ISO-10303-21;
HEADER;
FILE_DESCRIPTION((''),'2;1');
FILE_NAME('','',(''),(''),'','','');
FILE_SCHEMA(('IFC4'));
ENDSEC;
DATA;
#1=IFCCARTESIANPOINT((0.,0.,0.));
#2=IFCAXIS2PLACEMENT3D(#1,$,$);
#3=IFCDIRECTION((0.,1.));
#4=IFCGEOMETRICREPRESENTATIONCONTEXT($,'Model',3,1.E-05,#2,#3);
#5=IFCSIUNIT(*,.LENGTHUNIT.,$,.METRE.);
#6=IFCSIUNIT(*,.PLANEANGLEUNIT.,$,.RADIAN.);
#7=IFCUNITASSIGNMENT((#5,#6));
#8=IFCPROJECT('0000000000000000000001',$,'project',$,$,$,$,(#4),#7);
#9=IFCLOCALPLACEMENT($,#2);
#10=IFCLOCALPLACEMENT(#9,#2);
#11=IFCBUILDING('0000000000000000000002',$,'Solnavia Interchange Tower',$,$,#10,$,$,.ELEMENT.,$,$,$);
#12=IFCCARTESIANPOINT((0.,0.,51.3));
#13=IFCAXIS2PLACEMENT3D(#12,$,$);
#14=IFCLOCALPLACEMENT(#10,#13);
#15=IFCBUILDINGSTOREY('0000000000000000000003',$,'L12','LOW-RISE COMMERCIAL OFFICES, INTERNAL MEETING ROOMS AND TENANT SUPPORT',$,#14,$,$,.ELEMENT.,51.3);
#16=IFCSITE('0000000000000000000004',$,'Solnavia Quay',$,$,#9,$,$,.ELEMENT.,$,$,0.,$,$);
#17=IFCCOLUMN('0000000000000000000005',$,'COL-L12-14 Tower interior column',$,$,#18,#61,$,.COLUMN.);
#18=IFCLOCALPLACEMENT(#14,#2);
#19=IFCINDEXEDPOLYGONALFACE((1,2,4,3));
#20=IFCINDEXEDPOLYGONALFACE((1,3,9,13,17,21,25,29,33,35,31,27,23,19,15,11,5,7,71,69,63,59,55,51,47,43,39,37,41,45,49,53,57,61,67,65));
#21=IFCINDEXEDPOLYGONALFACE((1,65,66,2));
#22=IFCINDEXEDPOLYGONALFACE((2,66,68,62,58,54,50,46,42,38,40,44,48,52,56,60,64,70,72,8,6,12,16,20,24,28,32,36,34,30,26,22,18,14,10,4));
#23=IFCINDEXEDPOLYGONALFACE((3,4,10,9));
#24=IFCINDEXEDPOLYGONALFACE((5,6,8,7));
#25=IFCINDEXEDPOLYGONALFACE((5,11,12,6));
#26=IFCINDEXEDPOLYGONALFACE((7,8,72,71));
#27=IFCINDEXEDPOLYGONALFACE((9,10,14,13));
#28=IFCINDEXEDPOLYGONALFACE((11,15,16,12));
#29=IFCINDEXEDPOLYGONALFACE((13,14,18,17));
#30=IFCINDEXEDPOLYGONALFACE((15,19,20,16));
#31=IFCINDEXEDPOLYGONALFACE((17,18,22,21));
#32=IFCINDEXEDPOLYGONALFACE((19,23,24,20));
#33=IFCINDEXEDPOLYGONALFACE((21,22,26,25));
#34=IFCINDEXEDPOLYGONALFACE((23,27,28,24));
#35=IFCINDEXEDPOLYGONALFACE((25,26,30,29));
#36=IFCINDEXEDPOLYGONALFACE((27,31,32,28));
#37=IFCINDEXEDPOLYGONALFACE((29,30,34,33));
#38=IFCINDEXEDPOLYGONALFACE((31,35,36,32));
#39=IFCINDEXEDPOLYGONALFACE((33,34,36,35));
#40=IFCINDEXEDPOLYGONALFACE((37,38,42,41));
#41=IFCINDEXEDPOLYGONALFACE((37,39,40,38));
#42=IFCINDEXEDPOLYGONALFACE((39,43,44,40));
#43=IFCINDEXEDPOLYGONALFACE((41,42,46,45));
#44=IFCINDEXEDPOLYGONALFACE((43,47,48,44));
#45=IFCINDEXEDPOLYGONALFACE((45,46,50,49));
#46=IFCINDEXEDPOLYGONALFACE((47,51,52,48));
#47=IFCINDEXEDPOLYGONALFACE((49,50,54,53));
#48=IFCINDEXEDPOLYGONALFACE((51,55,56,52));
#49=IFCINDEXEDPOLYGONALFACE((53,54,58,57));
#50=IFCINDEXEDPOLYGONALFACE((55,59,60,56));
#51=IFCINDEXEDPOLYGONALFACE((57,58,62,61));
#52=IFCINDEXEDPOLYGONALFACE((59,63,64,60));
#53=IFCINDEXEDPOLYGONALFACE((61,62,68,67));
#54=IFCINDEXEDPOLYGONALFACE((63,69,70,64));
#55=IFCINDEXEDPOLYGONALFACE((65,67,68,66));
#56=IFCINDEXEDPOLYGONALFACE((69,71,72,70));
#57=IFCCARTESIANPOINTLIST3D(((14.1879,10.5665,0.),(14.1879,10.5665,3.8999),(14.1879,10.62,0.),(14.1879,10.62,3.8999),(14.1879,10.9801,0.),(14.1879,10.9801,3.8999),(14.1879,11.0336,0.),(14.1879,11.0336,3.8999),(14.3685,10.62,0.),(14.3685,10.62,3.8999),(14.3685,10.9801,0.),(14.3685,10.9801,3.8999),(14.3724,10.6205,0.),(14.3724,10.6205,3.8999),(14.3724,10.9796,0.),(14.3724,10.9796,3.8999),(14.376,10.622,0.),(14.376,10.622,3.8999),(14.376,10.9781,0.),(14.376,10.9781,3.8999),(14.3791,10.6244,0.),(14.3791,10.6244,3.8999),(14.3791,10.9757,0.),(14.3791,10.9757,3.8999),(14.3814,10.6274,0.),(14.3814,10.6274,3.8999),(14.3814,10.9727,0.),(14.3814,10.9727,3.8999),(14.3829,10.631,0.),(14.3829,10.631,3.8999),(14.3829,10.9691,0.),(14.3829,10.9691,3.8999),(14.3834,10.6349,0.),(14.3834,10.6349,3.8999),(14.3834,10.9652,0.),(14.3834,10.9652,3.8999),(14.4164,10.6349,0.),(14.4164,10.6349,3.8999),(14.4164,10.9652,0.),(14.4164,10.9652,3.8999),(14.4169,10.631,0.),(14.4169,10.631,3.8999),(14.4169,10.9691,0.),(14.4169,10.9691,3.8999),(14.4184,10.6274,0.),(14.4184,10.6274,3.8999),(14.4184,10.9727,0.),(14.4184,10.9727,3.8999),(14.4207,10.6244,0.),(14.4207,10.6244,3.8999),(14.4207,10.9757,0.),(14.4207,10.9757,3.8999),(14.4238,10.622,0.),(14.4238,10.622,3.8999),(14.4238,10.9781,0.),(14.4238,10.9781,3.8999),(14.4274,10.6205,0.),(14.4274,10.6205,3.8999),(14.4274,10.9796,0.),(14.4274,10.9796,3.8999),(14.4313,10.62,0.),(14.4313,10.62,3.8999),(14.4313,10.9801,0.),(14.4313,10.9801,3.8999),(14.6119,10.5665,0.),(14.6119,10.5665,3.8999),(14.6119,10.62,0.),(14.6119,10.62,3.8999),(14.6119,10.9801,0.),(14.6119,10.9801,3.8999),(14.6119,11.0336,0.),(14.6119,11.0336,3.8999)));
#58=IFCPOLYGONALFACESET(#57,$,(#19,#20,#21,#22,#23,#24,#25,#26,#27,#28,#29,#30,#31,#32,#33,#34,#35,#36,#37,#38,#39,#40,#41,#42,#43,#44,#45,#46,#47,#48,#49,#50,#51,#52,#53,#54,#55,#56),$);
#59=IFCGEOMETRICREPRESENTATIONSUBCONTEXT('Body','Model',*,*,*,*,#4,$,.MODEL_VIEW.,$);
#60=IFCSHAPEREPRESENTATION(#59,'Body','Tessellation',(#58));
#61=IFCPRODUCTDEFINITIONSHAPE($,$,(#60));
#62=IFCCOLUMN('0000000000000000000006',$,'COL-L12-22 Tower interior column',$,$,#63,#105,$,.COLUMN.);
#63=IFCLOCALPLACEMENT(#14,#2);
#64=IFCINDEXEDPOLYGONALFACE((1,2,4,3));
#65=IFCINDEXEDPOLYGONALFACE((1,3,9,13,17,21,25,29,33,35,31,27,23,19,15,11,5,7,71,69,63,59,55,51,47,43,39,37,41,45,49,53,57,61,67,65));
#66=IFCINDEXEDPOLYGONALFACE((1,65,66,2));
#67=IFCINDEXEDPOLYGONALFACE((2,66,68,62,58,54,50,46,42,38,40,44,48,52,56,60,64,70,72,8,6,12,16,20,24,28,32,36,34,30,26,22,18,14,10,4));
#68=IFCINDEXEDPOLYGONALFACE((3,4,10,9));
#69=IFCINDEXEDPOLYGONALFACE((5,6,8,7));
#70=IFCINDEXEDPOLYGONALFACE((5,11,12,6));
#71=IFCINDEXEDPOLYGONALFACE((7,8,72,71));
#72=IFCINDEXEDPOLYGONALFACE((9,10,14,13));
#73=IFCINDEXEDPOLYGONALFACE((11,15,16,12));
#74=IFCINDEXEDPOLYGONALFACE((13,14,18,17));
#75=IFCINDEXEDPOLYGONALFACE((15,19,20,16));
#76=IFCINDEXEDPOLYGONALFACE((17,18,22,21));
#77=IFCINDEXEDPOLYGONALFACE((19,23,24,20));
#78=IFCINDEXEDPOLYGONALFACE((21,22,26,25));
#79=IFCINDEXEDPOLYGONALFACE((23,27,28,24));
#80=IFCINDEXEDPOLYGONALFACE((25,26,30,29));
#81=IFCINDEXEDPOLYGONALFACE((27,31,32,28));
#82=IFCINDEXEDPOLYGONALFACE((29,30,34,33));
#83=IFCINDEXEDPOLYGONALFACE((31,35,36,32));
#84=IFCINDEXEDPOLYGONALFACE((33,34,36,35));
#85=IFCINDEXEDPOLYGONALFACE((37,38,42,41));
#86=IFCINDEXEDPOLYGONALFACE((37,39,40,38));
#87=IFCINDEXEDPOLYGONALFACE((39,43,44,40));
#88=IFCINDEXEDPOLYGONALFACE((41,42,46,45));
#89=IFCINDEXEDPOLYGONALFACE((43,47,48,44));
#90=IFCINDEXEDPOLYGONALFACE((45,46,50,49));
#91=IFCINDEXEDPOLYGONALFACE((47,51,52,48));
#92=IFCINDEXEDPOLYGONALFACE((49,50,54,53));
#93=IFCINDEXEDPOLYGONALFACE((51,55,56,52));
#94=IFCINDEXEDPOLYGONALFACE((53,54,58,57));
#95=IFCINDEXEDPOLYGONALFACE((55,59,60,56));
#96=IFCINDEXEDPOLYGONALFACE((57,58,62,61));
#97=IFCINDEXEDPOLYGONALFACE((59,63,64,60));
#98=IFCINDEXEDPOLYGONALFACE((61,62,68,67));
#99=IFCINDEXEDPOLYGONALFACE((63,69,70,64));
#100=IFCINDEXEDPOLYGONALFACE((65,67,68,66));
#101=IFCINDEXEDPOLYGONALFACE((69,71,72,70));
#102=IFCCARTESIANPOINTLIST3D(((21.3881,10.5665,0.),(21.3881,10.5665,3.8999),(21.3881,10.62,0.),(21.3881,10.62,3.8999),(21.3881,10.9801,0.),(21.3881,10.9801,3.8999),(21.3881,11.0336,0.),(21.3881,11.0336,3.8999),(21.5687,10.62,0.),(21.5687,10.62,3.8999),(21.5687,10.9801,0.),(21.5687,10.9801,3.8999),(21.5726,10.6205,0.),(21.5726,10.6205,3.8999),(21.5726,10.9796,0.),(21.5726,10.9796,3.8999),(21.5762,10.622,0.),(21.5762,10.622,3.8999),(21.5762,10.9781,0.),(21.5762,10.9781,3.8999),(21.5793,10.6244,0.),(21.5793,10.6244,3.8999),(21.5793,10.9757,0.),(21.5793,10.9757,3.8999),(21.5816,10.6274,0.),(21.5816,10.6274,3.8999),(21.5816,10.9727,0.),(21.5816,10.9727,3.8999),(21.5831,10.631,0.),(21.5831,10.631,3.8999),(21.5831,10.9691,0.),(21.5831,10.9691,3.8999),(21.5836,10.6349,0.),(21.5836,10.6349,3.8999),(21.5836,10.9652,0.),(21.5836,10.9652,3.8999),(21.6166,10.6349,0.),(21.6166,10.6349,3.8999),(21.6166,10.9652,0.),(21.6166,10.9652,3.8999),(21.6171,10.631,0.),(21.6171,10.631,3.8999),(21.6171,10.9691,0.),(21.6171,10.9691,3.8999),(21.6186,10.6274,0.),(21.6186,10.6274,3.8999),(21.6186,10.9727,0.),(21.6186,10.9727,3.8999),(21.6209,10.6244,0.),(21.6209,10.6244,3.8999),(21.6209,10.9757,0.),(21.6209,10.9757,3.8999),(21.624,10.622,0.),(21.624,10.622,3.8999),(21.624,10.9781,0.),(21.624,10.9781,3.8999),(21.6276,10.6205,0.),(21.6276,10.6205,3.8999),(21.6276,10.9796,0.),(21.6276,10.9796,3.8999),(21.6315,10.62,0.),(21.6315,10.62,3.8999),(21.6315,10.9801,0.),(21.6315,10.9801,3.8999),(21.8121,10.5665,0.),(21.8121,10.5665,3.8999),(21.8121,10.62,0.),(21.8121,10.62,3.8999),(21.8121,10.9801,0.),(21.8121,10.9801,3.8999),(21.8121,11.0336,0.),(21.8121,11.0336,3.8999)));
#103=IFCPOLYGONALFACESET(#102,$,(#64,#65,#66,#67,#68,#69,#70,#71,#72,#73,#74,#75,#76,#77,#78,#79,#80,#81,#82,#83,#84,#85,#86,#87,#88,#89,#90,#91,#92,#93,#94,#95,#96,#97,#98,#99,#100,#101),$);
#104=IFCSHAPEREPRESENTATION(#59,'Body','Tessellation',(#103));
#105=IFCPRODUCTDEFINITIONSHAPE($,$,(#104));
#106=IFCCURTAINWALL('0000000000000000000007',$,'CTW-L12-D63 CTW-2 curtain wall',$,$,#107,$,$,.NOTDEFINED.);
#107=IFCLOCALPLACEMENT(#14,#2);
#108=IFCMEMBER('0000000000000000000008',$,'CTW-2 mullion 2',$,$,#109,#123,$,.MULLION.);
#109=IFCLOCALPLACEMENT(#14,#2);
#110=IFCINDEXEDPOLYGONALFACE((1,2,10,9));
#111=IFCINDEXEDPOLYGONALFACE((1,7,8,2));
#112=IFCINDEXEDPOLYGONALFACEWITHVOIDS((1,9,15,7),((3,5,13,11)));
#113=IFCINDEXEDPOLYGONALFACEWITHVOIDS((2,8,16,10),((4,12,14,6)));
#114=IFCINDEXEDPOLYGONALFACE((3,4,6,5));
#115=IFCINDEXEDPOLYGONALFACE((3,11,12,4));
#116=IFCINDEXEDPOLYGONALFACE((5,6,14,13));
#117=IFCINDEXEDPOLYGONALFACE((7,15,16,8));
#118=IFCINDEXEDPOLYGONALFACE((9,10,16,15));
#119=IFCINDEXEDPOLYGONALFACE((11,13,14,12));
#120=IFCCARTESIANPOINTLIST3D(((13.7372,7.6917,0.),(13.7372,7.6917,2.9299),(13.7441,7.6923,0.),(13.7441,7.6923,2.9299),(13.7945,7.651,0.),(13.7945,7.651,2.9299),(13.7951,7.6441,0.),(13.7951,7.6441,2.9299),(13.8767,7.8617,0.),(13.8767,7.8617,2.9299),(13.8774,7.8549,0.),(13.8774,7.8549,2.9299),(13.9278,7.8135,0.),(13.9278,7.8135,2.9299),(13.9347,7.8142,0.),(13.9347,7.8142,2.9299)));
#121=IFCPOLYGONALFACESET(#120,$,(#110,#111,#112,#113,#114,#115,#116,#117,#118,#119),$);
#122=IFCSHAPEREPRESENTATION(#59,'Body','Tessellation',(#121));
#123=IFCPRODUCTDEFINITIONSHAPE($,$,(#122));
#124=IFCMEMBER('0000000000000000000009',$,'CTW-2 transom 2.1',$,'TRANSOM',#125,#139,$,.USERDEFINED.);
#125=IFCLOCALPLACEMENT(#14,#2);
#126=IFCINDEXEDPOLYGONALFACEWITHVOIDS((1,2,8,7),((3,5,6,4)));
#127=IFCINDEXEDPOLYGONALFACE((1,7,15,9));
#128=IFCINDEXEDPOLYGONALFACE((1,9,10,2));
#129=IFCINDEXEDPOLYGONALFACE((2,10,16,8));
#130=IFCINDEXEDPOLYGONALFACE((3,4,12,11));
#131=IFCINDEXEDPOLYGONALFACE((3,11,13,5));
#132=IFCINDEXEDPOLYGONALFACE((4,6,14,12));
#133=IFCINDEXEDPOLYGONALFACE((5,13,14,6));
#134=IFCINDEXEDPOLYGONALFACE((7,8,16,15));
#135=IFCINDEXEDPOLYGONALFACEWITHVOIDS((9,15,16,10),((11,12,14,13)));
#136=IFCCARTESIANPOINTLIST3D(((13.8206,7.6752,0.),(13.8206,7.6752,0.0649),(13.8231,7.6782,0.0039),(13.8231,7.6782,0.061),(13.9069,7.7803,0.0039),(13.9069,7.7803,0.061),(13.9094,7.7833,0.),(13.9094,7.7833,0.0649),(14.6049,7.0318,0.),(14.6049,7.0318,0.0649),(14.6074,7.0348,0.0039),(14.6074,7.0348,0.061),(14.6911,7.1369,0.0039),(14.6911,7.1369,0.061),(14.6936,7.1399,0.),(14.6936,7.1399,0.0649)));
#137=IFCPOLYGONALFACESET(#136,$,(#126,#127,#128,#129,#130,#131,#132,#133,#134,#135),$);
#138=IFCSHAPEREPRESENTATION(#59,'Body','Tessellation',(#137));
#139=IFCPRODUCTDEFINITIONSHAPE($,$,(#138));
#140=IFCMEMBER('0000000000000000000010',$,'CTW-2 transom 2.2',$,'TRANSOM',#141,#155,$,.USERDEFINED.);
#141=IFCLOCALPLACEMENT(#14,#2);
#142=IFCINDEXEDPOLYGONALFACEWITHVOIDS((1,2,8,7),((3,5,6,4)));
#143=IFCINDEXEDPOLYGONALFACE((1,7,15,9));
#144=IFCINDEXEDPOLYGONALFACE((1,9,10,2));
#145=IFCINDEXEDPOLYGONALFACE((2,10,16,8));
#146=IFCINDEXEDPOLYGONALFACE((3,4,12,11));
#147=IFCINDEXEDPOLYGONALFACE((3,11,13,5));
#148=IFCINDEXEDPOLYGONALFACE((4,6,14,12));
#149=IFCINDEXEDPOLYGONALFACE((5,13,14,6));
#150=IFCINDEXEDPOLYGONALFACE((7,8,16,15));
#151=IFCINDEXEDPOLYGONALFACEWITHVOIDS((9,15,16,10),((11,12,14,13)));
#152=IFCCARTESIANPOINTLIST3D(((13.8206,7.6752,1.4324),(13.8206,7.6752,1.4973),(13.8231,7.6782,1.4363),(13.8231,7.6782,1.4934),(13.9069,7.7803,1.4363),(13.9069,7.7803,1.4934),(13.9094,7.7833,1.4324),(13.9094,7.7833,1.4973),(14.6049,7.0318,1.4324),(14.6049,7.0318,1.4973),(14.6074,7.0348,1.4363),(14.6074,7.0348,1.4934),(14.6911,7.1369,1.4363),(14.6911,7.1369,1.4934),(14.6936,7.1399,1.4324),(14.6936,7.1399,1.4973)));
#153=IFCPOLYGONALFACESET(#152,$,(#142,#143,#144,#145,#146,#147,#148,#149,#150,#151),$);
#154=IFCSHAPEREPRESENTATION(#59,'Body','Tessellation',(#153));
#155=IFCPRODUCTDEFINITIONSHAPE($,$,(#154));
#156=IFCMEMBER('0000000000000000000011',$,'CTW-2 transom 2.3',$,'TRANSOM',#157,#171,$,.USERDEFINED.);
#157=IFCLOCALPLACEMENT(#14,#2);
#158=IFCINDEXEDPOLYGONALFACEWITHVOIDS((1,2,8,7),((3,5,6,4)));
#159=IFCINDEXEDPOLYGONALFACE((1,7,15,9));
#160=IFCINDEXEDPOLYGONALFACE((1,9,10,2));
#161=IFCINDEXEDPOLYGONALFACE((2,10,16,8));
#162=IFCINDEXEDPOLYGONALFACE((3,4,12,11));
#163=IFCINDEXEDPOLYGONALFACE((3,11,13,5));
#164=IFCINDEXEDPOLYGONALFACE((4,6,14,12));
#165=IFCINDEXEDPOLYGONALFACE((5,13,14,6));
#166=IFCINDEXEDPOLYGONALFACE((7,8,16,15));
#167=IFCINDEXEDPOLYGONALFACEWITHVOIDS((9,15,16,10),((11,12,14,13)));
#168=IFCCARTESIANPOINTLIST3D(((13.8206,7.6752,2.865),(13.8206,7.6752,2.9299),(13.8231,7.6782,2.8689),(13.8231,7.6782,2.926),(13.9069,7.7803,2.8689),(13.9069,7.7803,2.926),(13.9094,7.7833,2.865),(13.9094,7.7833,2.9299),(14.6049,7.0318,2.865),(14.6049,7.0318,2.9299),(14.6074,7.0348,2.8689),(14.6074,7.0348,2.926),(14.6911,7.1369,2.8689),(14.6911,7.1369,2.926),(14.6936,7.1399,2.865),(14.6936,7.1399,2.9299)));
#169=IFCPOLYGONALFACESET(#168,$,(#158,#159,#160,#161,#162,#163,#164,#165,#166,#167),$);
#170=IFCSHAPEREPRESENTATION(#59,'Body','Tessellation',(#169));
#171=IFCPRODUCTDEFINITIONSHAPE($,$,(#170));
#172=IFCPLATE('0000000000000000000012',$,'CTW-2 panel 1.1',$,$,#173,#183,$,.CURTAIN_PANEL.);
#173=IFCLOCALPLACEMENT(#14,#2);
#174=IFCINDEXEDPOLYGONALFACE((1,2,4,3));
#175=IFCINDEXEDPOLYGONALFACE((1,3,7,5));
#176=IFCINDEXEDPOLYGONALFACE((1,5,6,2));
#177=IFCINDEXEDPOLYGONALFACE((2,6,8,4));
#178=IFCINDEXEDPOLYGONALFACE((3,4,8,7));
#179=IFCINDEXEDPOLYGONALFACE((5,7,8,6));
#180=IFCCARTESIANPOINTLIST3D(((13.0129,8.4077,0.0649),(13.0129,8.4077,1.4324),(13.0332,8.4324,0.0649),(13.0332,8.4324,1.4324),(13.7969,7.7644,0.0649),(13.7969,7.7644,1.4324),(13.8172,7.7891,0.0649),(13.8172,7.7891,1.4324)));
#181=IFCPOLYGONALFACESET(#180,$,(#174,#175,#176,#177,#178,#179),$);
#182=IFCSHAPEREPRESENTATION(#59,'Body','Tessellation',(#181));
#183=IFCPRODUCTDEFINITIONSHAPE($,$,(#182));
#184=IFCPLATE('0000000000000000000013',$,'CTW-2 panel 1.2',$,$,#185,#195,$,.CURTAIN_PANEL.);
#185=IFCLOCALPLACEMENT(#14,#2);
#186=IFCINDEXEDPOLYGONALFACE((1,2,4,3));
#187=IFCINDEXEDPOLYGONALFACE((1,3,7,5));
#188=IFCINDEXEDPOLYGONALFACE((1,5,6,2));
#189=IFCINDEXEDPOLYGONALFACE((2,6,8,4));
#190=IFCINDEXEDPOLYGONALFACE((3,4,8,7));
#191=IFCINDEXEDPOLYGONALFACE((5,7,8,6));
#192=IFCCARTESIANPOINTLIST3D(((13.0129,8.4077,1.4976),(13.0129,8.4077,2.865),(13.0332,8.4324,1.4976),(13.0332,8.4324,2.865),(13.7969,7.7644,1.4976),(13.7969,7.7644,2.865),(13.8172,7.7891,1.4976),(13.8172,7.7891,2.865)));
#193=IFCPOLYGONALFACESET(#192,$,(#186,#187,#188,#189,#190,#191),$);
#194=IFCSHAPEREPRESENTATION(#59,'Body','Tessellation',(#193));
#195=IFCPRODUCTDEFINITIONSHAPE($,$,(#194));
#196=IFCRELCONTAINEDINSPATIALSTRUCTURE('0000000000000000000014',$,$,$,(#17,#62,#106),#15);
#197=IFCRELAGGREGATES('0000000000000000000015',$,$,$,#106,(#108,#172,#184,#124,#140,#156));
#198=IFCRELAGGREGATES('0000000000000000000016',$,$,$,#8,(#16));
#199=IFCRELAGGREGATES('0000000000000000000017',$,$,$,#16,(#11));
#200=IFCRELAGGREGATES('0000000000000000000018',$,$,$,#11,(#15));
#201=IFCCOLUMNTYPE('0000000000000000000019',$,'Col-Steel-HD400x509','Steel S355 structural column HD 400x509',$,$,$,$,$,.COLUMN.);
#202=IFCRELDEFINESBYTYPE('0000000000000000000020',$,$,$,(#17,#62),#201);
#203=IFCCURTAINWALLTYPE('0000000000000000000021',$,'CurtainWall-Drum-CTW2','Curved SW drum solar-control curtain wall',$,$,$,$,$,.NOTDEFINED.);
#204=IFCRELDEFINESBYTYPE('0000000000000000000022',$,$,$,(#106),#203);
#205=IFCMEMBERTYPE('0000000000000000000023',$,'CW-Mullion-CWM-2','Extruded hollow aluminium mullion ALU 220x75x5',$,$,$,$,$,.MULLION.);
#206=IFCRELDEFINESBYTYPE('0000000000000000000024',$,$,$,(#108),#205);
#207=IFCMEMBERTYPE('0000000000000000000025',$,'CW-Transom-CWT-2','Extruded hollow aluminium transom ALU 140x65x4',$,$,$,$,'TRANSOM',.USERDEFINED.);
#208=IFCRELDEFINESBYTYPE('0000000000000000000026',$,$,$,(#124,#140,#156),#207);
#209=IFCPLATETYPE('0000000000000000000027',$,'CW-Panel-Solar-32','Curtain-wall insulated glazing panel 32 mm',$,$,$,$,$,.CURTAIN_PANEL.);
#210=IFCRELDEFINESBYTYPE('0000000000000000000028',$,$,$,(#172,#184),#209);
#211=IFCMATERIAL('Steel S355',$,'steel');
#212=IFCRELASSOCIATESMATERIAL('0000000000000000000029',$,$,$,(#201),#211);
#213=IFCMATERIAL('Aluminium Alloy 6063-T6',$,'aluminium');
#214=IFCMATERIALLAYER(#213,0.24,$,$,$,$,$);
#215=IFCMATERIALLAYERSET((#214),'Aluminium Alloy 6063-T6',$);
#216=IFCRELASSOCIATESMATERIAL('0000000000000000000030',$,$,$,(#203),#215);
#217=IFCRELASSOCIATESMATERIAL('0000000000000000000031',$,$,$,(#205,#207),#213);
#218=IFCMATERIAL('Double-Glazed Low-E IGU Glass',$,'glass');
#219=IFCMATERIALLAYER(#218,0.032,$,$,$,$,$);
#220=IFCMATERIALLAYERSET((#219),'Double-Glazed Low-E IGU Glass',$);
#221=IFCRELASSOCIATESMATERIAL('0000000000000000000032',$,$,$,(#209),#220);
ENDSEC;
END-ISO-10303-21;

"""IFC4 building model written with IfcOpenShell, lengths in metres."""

from ifc_helpers import new_model, si_unit, direction, frame, origin, origin_2d, place, context, subcontext, project, spatial, rectangle, hollow_rectangle, i_section, extrude, material, layer, layer_set, material_profile, profile_set, type_object, element, aggregate, save


model = new_model("IFC4")

# Units and contexts
model_context = context("Model", 3, precision=1e-05, world=origin(), true_north=direction((0.0, 1.0)))
body_context = subcontext(model_context, "Body", "Model", "MODEL_VIEW")
ifc_project = project(units=[si_unit("LENGTHUNIT", "METRE"), si_unit("PLANEANGLEUNIT", "RADIAN")], contexts=[model_context])

# Site, building, storey
site_placement = place(None, origin())
site = spatial("IfcSite", under=ifc_project, at=site_placement, Name="Solnavia Quay", CompositionType="ELEMENT", RefElevation=0.0)
building_placement = place(site_placement, origin())
building = spatial("IfcBuilding", under=site, at=building_placement, Name="Solnavia Interchange Tower", CompositionType="ELEMENT")
storey_placement = place(building_placement, frame((0.0, 0.0, 51.3)))
storey = spatial("IfcBuildingStorey", under=building, at=storey_placement, Name="L12", Description="LOW-RISE COMMERCIAL OFFICES, INTERNAL MEETING ROOMS AND TENANT SUPPORT", CompositionType="ELEMENT", Elevation=51.3)

# Columns
ifc_material_1 = material(Name="Steel S355", Category="steel")
ifc_material_profile_1 = material_profile(ifc_material_1, i_section(OverallWidth=0.4241, OverallDepth=0.467, WebThickness=0.033, FlangeThickness=0.0535, FilletRadius=0.0149, at=origin_2d()), Name="HD 400x509")
ifc_profile_set_1 = profile_set([ifc_material_profile_1], Name="Steel S355")
column_type = type_object("IfcColumnType", Name="Col-Steel-HD400x509", Description="Steel S355 structural column HD 400x509", PredefinedType="COLUMN", material=ifc_profile_set_1)
for number, where, z_axis, x_axis, name in (
    (1, (14.3999, 10.8, 0.0), (0.0, 0.0, 1.0), (1.0, 0.0, 0.0), "COL-L12-14 Tower interior column"),
    (2, (21.6001, 10.8, 0.0), (0.0, 0.0, 1.0), (1.0, 0.0, 0.0), "COL-L12-22 Tower interior column"),
):
    element("IfcColumn", number, at=place(storey_placement, frame(where, z_axis=z_axis, x_axis=x_axis)), inside=storey, type_object=column_type, Name=name, PredefinedType="COLUMN", context=body_context, shape_type="SweptSolid", body=[
        extrude(i_section(OverallWidth=0.4241, OverallDepth=0.467, WebThickness=0.033, FlangeThickness=0.0535, FilletRadius=0.0149, at=origin_2d()), origin(), (0.0, 0.0, 1.0), 3.8999),
    ])

# Curtain wall, members, plates
ifc_material_2 = material(Name="Aluminium Alloy 6063-T6", Category="aluminium")
ifc_layer_1 = layer(ifc_material_2, 0.24)
ifc_layer_set_1 = layer_set([ifc_layer_1], Name="Aluminium Alloy 6063-T6")
curtain_wall_type = type_object("IfcCurtainWallType", Name="CurtainWall-Drum-CTW2", Description="Curved SW drum solar-control curtain wall", PredefinedType="NOTDEFINED", material=ifc_layer_set_1)
curtain_wall_placement = place(storey_placement, origin())
curtain_wall = element("IfcCurtainWall", 3, at=curtain_wall_placement, inside=storey, type_object=curtain_wall_type, Name="CTW-L12-D63 CTW-2 curtain wall", PredefinedType="NOTDEFINED")
ifc_material_profile_2 = material_profile(ifc_material_2, hollow_rectangle(XDim=0.075, YDim=0.22, WallThickness=0.0049, at=origin_2d()), Name="ALU 220x75x5")
ifc_profile_set_2 = profile_set([ifc_material_profile_2], Name="Aluminium Alloy 6063-T6")
member_type_1 = type_object("IfcMemberType", Name="CW-Mullion-CWM-2", Description="Extruded hollow aluminium mullion ALU 220x75x5", PredefinedType="MULLION", material=ifc_profile_set_2)
member_1_placement = place(storey_placement, frame((13.8359, 7.7529, 0.0), z_axis=(0.0, 0.0, 1.0), x_axis=(0.773095, -0.634291, 0.0)))
member_1 = element("IfcMember", 4, at=member_1_placement, type_object=member_type_1, Name="CTW-2 mullion 2", PredefinedType="MULLION", context=body_context, shape_type="SweptSolid", body=[
    extrude(hollow_rectangle(XDim=0.075, YDim=0.22, WallThickness=0.0049, at=origin_2d()), origin(), (0.0, 0.0, 1.0), 2.9299),
])
ifc_material_profile_3 = material_profile(ifc_material_2, hollow_rectangle(XDim=0.0649, YDim=0.1399, WallThickness=0.0039, at=origin_2d()), Name="ALU 140x65x4")
ifc_profile_set_3 = profile_set([ifc_material_profile_3], Name="Aluminium Alloy 6063-T6")
member_type_2 = type_object("IfcMemberType", Name="CW-Transom-CWT-2", Description="Extruded hollow aluminium transom ALU 140x65x4", ElementType="TRANSOM", PredefinedType="USERDEFINED", material=ifc_profile_set_3)
member_2_placement = place(storey_placement, frame((13.865, 7.7292, 0.0325), z_axis=(0.773131, -0.634247, 0.0), x_axis=(0.0, 0.0, 1.0)))
member_2 = element("IfcMember", 5, at=member_2_placement, type_object=member_type_2, Name="CTW-2 transom 2.1", ObjectType="TRANSOM", PredefinedType="USERDEFINED", context=body_context, shape_type="SweptSolid", body=[
    extrude(hollow_rectangle(XDim=0.0649, YDim=0.1399, WallThickness=0.0039, at=origin_2d()), origin(), (0.0, 0.0, 1.0), 1.0144),
])
member_3_placement = place(storey_placement, frame((13.865, 7.7292, 1.4648), z_axis=(0.773131, -0.634247, 0.0), x_axis=(0.0, 0.0, 1.0)))
member_3 = element("IfcMember", 6, at=member_3_placement, type_object=member_type_2, Name="CTW-2 transom 2.2", ObjectType="TRANSOM", PredefinedType="USERDEFINED", context=body_context, shape_type="SweptSolid", body=[
    extrude(hollow_rectangle(XDim=0.0649, YDim=0.1399, WallThickness=0.0039, at=origin_2d()), origin(), (0.0, 0.0, 1.0), 1.0144),
])
member_4_placement = place(storey_placement, frame((13.865, 7.7292, 2.8975), z_axis=(0.773131, -0.634247, 0.0), x_axis=(0.0, 0.0, 1.0)))
member_4 = element("IfcMember", 7, at=member_4_placement, type_object=member_type_2, Name="CTW-2 transom 2.3", ObjectType="TRANSOM", PredefinedType="USERDEFINED", context=body_context, shape_type="SweptSolid", body=[
    extrude(hollow_rectangle(XDim=0.0649, YDim=0.1399, WallThickness=0.0039, at=origin_2d()), origin(), (0.0, 0.0, 1.0), 1.0144),
])
ifc_material_3 = material(Name="Double-Glazed Low-E IGU Glass", Category="glass")
ifc_layer_2 = layer(ifc_material_3, 0.032)
ifc_layer_set_2 = layer_set([ifc_layer_2], Name="Double-Glazed Low-E IGU Glass")
plate_type = type_object("IfcPlateType", Name="CW-Panel-Solar-32", Description="Curtain-wall insulated glazing panel 32 mm", PredefinedType="CURTAIN_PANEL", material=ifc_layer_set_2)
plate_1_placement = place(storey_placement, frame((13.415, 8.0984, 0.0649), z_axis=(0.0, 0.0, 1.0), x_axis=(0.773095, -0.634291, 0.0)))
plate_1 = element("IfcPlate", 8, at=plate_1_placement, type_object=plate_type, Name="CTW-2 panel 1.1", PredefinedType="CURTAIN_PANEL", context=body_context, shape_type="SweptSolid", body=[
    extrude(rectangle(XDim=1.0142, YDim=0.032, at=origin_2d()), origin(), (0.0, 0.0, 1.0), 1.3674),
])
plate_2_placement = place(storey_placement, frame((13.415, 8.0984, 1.4976), z_axis=(0.0, 0.0, 1.0), x_axis=(0.773095, -0.634291, 0.0)))
plate_2 = element("IfcPlate", 9, at=plate_2_placement, type_object=plate_type, Name="CTW-2 panel 1.2", PredefinedType="CURTAIN_PANEL", context=body_context, shape_type="SweptSolid", body=[
    extrude(rectangle(XDim=1.0142, YDim=0.032, at=origin_2d()), origin(), (0.0, 0.0, 1.0), 1.3674),
])
aggregate(curtain_wall, [member_1, plate_1, plate_2, member_2, member_3, member_4])

save(model, "model.ifc")
